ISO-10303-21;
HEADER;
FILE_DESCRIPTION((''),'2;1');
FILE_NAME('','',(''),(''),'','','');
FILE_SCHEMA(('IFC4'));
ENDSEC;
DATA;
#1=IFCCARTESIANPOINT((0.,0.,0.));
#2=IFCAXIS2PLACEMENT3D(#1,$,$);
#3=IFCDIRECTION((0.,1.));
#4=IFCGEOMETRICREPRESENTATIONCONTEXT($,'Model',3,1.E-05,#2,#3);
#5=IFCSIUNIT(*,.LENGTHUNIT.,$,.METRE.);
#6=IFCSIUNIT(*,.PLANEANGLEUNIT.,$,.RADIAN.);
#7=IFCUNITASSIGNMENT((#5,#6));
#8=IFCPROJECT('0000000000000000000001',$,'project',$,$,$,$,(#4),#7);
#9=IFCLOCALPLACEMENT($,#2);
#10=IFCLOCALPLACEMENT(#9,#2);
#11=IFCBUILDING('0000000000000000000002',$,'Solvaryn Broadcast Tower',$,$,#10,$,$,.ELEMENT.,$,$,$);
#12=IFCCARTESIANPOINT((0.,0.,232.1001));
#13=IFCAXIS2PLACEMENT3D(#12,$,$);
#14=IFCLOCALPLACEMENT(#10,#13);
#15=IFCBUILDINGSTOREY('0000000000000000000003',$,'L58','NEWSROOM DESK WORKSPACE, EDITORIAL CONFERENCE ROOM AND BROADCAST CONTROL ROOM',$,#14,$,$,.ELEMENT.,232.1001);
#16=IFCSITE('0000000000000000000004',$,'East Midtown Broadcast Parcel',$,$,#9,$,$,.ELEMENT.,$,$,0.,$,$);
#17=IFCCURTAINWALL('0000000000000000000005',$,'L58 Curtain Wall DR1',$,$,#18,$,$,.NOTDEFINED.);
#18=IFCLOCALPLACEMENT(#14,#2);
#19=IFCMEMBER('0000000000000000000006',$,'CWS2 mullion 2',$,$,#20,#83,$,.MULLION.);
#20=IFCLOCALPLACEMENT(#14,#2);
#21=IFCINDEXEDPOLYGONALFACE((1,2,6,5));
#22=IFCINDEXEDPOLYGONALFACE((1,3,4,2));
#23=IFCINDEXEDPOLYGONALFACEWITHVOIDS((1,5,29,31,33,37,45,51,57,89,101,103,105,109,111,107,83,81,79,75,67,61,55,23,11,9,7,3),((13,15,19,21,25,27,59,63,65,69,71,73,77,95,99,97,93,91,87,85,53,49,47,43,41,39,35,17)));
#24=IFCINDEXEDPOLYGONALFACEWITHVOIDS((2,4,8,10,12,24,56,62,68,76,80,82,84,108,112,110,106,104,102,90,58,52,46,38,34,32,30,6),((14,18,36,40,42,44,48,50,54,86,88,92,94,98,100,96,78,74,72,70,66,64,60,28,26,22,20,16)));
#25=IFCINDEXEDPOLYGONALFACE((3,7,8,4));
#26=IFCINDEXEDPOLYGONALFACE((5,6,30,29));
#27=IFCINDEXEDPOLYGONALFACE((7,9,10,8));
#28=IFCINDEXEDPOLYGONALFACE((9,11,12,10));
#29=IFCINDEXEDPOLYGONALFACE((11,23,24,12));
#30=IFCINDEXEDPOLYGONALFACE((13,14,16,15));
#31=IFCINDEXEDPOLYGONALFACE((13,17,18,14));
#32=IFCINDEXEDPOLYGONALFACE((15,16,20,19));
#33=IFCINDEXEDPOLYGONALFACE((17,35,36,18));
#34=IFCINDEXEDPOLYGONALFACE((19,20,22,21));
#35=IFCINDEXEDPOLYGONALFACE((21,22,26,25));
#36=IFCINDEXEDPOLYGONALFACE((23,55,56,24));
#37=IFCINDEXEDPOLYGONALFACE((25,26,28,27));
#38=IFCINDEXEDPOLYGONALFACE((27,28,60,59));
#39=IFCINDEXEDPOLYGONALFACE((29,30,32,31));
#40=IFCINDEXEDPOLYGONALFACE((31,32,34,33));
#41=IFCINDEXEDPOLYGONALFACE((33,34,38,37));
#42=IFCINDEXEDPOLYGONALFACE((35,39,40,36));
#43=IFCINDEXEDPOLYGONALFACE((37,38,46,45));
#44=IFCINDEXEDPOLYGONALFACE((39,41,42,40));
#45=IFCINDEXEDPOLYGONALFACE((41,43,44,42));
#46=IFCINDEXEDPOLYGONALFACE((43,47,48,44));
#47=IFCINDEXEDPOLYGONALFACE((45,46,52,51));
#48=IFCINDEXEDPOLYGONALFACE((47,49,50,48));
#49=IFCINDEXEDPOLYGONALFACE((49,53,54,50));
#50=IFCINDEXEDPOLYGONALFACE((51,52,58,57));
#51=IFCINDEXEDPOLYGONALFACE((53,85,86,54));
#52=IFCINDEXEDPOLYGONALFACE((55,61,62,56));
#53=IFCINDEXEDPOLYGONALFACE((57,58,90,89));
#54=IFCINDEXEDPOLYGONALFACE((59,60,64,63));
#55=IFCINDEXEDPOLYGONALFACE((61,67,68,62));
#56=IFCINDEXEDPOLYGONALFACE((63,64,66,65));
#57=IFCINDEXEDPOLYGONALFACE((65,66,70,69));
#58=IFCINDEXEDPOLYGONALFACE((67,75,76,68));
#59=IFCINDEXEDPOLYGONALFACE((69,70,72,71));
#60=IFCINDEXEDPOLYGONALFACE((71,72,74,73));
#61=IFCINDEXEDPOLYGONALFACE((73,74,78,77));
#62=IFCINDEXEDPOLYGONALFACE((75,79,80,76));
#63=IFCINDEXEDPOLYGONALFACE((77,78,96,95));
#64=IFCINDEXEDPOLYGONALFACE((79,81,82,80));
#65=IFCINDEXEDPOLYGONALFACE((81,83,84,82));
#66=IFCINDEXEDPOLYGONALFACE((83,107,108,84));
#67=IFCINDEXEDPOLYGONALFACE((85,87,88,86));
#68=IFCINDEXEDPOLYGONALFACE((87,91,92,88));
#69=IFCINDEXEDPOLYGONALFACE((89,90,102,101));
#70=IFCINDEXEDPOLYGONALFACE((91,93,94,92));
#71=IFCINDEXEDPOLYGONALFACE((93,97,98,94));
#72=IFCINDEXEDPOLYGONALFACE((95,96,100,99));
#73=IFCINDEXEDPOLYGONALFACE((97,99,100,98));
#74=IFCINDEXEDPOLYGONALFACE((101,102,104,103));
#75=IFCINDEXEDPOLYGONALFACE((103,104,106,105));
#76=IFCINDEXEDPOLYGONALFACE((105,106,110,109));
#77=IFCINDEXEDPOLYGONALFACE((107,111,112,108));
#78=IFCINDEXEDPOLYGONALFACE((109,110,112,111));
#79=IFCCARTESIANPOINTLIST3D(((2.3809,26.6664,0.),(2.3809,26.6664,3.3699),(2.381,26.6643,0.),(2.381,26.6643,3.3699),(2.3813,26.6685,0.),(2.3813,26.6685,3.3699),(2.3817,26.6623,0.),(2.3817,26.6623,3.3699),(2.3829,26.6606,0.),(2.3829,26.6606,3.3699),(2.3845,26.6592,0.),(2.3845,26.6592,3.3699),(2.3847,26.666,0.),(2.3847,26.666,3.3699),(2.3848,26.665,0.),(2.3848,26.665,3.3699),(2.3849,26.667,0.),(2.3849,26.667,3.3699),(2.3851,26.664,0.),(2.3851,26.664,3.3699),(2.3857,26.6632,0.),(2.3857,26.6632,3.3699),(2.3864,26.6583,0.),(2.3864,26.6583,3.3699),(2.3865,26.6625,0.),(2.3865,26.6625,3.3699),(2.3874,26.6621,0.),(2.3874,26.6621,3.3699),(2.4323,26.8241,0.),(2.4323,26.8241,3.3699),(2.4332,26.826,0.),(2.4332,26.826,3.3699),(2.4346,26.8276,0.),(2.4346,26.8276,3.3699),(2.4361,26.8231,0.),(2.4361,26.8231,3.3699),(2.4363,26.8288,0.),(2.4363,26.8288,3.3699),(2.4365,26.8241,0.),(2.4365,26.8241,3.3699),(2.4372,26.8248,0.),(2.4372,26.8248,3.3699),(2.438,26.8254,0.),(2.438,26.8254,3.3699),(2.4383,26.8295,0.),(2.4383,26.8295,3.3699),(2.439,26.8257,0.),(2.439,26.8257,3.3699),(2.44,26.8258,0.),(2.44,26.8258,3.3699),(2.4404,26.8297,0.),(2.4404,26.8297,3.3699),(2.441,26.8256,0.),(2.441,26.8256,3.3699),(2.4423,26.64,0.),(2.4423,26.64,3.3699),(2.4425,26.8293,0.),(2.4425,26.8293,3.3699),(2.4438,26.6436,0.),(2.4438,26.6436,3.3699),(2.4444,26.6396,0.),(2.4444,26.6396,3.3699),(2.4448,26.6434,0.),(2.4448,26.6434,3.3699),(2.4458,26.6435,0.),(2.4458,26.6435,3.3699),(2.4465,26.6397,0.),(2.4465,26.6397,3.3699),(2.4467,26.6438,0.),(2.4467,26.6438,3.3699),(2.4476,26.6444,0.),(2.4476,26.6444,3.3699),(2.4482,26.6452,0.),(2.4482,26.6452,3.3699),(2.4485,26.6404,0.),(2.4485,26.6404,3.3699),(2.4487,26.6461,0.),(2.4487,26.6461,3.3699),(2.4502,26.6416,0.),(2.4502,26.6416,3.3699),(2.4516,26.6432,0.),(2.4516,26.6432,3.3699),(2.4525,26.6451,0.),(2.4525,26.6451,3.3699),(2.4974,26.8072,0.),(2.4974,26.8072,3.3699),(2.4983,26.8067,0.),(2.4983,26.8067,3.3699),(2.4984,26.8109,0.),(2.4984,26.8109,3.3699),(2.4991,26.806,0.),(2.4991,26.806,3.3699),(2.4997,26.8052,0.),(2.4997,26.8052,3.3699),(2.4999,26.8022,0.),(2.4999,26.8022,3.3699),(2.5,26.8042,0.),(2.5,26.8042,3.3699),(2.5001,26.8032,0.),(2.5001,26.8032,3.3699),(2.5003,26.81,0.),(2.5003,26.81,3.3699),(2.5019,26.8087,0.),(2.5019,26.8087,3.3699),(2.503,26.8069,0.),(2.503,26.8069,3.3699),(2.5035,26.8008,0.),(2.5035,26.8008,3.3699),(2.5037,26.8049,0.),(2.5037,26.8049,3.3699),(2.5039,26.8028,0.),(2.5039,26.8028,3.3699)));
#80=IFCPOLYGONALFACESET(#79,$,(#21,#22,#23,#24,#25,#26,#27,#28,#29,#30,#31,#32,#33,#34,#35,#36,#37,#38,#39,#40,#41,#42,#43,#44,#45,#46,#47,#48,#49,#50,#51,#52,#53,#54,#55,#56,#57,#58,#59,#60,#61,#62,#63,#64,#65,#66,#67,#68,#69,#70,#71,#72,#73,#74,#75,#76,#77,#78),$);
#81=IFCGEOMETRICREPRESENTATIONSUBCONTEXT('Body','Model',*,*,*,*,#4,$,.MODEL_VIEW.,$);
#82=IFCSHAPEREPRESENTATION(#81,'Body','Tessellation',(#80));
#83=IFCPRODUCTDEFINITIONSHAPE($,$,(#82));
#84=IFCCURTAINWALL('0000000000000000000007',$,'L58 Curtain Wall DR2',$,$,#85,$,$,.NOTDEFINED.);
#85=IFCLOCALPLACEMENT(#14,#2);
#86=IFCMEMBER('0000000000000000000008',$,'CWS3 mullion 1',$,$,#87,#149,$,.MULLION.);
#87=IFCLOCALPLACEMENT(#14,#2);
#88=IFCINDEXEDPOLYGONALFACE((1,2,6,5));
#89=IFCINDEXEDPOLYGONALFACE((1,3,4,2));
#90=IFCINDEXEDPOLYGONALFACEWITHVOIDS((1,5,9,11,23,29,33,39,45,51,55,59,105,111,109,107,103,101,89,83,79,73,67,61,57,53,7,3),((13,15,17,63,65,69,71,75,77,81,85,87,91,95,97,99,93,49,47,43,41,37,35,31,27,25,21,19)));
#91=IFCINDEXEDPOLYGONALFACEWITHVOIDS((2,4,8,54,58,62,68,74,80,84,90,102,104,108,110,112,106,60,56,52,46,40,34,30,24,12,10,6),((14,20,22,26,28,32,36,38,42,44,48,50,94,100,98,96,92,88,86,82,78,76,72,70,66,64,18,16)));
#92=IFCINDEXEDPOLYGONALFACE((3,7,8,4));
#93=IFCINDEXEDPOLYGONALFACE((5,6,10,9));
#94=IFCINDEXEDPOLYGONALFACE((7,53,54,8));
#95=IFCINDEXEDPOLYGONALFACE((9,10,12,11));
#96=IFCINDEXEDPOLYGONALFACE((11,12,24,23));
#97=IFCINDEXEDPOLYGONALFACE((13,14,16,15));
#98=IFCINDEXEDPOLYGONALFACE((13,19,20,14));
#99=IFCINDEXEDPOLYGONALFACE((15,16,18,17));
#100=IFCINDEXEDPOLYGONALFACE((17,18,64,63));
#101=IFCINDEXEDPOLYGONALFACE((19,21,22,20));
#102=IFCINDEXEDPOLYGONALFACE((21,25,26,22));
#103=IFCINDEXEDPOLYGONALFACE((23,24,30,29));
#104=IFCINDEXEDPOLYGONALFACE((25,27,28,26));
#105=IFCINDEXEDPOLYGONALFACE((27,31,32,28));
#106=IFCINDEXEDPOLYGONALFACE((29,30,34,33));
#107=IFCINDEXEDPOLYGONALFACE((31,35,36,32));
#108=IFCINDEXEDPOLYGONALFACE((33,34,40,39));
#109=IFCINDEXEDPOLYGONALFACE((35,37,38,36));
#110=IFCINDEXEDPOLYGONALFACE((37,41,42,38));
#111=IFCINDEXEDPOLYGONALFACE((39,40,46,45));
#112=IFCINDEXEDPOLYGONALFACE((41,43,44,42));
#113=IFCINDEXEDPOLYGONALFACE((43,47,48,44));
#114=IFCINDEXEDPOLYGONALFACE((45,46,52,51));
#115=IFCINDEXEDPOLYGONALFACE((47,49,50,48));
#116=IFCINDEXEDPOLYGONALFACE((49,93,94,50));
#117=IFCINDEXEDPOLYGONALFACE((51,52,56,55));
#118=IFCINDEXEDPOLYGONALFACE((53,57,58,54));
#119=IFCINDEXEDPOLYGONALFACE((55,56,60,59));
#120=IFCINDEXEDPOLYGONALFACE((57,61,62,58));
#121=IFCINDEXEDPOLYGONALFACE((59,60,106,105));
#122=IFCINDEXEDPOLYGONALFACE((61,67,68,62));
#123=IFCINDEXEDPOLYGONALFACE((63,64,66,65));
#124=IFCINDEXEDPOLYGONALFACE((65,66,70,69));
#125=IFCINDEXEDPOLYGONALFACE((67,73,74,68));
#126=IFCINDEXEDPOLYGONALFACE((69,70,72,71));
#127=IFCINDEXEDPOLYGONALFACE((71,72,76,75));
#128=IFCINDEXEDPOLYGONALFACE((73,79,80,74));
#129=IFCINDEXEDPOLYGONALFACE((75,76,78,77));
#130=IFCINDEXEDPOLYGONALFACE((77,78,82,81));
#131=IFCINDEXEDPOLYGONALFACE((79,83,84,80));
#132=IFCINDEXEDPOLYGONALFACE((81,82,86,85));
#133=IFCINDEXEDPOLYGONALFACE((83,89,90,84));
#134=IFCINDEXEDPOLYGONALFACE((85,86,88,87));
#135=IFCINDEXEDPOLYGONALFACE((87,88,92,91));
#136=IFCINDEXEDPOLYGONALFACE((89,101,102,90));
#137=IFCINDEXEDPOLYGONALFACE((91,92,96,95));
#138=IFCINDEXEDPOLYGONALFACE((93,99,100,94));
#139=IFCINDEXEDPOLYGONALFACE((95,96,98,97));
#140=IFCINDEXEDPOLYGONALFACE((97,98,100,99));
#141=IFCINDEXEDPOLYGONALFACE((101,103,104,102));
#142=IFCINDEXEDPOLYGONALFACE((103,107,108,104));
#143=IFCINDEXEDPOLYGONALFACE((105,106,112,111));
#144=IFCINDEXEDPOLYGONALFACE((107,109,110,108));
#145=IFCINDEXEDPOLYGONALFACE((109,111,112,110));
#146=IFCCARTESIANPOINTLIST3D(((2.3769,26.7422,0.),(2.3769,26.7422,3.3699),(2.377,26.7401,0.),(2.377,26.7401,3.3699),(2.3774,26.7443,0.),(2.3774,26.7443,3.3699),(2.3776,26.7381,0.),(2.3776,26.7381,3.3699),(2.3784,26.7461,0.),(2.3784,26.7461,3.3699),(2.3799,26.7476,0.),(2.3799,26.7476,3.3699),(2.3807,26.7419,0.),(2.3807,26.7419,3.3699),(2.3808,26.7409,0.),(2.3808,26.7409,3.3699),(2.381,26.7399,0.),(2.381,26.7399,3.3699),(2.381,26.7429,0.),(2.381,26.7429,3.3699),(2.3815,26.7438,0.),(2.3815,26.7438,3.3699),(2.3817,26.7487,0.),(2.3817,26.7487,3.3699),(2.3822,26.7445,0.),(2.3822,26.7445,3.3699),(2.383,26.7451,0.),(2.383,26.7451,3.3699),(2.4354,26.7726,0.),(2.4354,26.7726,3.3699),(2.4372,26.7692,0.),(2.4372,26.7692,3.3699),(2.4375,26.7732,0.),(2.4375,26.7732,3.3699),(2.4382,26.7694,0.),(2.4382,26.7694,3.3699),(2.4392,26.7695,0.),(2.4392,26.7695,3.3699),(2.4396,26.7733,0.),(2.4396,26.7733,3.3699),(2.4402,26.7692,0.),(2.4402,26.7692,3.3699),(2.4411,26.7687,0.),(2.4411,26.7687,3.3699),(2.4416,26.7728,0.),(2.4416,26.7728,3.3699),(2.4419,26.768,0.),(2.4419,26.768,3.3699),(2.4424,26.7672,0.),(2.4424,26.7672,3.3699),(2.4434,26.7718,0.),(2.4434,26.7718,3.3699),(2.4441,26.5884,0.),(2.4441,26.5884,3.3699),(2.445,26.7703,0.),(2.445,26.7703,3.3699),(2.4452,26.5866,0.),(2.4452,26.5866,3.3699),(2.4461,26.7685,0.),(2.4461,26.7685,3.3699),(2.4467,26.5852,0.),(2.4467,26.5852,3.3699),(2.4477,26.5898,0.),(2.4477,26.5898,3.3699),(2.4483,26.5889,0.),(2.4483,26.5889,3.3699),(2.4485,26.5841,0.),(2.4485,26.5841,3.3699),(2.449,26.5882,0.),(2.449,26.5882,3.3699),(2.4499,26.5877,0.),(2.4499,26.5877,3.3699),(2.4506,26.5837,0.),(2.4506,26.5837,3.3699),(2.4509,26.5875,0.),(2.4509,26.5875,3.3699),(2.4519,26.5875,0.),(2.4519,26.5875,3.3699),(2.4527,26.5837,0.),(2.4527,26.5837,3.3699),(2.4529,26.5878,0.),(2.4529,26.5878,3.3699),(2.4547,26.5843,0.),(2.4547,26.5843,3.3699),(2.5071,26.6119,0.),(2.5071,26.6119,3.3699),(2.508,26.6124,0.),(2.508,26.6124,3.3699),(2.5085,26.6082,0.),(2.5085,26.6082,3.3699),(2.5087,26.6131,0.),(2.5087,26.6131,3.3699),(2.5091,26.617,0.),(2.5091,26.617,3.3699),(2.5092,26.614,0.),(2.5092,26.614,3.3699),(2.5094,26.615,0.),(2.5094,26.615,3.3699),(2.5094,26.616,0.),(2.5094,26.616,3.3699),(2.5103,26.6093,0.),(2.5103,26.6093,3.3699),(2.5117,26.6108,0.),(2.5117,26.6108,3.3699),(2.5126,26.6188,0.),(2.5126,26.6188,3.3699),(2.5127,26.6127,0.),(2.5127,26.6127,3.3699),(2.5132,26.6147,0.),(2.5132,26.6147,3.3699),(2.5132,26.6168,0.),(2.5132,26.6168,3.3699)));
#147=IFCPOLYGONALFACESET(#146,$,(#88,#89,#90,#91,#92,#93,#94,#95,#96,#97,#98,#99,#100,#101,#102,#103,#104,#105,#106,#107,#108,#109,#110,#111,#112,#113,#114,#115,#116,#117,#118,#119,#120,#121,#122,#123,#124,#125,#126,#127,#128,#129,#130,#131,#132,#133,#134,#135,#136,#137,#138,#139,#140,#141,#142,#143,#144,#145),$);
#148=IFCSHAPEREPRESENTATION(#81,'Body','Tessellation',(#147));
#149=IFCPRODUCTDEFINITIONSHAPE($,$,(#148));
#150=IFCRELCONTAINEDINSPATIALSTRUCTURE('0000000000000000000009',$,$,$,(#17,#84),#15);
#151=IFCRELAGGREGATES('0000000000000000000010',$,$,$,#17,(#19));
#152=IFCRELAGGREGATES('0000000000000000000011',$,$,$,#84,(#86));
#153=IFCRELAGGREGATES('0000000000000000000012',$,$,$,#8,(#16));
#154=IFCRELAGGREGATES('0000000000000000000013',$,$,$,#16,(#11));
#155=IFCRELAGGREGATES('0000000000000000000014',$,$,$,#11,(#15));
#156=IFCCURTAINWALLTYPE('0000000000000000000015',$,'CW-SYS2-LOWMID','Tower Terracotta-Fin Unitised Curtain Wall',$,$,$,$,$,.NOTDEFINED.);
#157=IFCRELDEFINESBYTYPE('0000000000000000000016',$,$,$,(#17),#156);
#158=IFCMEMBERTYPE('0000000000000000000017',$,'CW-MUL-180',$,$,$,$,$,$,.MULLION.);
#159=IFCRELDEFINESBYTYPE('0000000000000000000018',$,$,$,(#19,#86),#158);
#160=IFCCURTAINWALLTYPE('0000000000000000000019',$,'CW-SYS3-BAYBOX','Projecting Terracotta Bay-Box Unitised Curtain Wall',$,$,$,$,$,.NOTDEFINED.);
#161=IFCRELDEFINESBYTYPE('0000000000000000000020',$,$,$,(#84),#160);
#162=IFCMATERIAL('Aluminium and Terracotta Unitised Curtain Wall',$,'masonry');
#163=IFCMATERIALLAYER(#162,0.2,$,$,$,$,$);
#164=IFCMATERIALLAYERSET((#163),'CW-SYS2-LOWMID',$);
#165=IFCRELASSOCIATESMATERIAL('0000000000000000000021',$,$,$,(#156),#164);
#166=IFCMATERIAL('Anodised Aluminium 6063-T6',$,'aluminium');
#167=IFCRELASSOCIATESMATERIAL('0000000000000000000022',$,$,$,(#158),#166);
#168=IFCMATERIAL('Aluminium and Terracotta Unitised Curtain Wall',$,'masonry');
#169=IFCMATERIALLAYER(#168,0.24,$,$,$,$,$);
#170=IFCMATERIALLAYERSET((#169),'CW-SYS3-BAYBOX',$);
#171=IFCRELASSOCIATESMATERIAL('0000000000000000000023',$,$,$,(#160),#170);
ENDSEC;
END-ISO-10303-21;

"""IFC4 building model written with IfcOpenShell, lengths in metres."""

from ifc_helpers import new_model, si_unit, direction, frame, origin, origin_2d, place, context, subcontext, project, spatial, hollow_rectangle, extrude, material, layer, layer_set, material_profile, profile_set, type_object, element, aggregate, save


model = new_model("IFC4")

# Units and contexts
model_context = context("Model", 3, precision=1e-05, world=origin(), true_north=direction((0.0, 1.0)))
body_context = subcontext(model_context, "Body", "Model", "MODEL_VIEW")
ifc_project = project(units=[si_unit("LENGTHUNIT", "METRE"), si_unit("PLANEANGLEUNIT", "RADIAN")], contexts=[model_context])

# Site, building, storey
site_placement = place(None, origin())
site = spatial("IfcSite", under=ifc_project, at=site_placement, Name="East Midtown Broadcast Parcel", CompositionType="ELEMENT", RefElevation=0.0)
building_placement = place(site_placement, origin())
building = spatial("IfcBuilding", under=site, at=building_placement, Name="Solvaryn Broadcast Tower", CompositionType="ELEMENT")
storey_placement = place(building_placement, frame((0.0, 0.0, 232.1001)))
storey = spatial("IfcBuildingStorey", under=building, at=storey_placement, Name="L58", Description="NEWSROOM DESK WORKSPACE, EDITORIAL CONFERENCE ROOM AND BROADCAST CONTROL ROOM", CompositionType="ELEMENT", Elevation=232.1001)

# Curtain wall, member
ifc_material_1 = material(Name="Aluminium and Terracotta Unitised Curtain Wall", Category="masonry")
ifc_layer_1 = layer(ifc_material_1, 0.2)
ifc_layer_set_1 = layer_set([ifc_layer_1], Name="CW-SYS2-LOWMID")
curtain_wall_type_1 = type_object("IfcCurtainWallType", Name="CW-SYS2-LOWMID", Description="Tower Terracotta-Fin Unitised Curtain Wall", PredefinedType="NOTDEFINED", material=ifc_layer_set_1)
curtain_wall_1_placement = place(storey_placement, origin())
curtain_wall_1 = element("IfcCurtainWall", 1, at=curtain_wall_1_placement, inside=storey, type_object=curtain_wall_type_1, Name="L58 Curtain Wall DR1", PredefinedType="NOTDEFINED")
ifc_material_2 = material(Name="Anodised Aluminium 6063-T6", Category="aluminium")
ifc_material_profile_1 = material_profile(ifc_material_2, hollow_rectangle(XDim=0.075, YDim=0.1799, WallThickness=0.0039, InnerFilletRadius=0.0039, OuterFilletRadius=0.0081, at=origin_2d()))
ifc_profile_set_1 = profile_set([ifc_material_profile_1], Name="Anodised Aluminium 6063-T6")
member_type_1 = type_object("IfcMemberType", Name="CW-MUL-180", PredefinedType="MULLION", material=ifc_profile_set_1)
member_1_placement = place(storey_placement, frame((2.4424, 26.7346, 0.0), z_axis=(0.0, 0.0, 1.0), x_axis=(0.950227, -0.311559, 0.0)))
member_1 = element("IfcMember", 2, at=member_1_placement, type_object=member_type_1, Name="CWS2 mullion 2", PredefinedType="MULLION", context=body_context, shape_type="SweptSolid", body=[
    extrude(hollow_rectangle(XDim=0.075, YDim=0.1799, WallThickness=0.0039, InnerFilletRadius=0.0039, OuterFilletRadius=0.0081, at=origin_2d()), origin(), (0.0, 0.0, 1.0), 3.3699),
])
aggregate(curtain_wall_1, [member_1])

# Curtain wall, member
ifc_material_3 = material(Name="Aluminium and Terracotta Unitised Curtain Wall", Category="masonry")
ifc_layer_2 = layer(ifc_material_3, 0.24)
ifc_layer_set_2 = layer_set([ifc_layer_2], Name="CW-SYS3-BAYBOX")
curtain_wall_type_2 = type_object("IfcCurtainWallType", Name="CW-SYS3-BAYBOX", Description="Projecting Terracotta Bay-Box Unitised Curtain Wall", PredefinedType="NOTDEFINED", material=ifc_layer_set_2)
curtain_wall_2_placement = place(storey_placement, origin())
curtain_wall_2 = element("IfcCurtainWall", 3, at=curtain_wall_2_placement, inside=storey, type_object=curtain_wall_type_2, Name="L58 Curtain Wall DR2", PredefinedType="NOTDEFINED")
member_2_placement = place(storey_placement, frame((2.4451, 26.6785, 0.0), z_axis=(0.0, 0.0, 1.0), x_axis=(0.913917, 0.405901, 0.0)))
member_2 = element("IfcMember", 4, at=member_2_placement, type_object=member_type_1, Name="CWS3 mullion 1", PredefinedType="MULLION", context=body_context, shape_type="SweptSolid", body=[
    extrude(hollow_rectangle(XDim=0.075, YDim=0.1799, WallThickness=0.0039, InnerFilletRadius=0.0039, OuterFilletRadius=0.0081, at=origin_2d()), origin(), (0.0, 0.0, 1.0), 3.3699),
])
aggregate(curtain_wall_2, [member_2])

save(model, "model.ifc")
